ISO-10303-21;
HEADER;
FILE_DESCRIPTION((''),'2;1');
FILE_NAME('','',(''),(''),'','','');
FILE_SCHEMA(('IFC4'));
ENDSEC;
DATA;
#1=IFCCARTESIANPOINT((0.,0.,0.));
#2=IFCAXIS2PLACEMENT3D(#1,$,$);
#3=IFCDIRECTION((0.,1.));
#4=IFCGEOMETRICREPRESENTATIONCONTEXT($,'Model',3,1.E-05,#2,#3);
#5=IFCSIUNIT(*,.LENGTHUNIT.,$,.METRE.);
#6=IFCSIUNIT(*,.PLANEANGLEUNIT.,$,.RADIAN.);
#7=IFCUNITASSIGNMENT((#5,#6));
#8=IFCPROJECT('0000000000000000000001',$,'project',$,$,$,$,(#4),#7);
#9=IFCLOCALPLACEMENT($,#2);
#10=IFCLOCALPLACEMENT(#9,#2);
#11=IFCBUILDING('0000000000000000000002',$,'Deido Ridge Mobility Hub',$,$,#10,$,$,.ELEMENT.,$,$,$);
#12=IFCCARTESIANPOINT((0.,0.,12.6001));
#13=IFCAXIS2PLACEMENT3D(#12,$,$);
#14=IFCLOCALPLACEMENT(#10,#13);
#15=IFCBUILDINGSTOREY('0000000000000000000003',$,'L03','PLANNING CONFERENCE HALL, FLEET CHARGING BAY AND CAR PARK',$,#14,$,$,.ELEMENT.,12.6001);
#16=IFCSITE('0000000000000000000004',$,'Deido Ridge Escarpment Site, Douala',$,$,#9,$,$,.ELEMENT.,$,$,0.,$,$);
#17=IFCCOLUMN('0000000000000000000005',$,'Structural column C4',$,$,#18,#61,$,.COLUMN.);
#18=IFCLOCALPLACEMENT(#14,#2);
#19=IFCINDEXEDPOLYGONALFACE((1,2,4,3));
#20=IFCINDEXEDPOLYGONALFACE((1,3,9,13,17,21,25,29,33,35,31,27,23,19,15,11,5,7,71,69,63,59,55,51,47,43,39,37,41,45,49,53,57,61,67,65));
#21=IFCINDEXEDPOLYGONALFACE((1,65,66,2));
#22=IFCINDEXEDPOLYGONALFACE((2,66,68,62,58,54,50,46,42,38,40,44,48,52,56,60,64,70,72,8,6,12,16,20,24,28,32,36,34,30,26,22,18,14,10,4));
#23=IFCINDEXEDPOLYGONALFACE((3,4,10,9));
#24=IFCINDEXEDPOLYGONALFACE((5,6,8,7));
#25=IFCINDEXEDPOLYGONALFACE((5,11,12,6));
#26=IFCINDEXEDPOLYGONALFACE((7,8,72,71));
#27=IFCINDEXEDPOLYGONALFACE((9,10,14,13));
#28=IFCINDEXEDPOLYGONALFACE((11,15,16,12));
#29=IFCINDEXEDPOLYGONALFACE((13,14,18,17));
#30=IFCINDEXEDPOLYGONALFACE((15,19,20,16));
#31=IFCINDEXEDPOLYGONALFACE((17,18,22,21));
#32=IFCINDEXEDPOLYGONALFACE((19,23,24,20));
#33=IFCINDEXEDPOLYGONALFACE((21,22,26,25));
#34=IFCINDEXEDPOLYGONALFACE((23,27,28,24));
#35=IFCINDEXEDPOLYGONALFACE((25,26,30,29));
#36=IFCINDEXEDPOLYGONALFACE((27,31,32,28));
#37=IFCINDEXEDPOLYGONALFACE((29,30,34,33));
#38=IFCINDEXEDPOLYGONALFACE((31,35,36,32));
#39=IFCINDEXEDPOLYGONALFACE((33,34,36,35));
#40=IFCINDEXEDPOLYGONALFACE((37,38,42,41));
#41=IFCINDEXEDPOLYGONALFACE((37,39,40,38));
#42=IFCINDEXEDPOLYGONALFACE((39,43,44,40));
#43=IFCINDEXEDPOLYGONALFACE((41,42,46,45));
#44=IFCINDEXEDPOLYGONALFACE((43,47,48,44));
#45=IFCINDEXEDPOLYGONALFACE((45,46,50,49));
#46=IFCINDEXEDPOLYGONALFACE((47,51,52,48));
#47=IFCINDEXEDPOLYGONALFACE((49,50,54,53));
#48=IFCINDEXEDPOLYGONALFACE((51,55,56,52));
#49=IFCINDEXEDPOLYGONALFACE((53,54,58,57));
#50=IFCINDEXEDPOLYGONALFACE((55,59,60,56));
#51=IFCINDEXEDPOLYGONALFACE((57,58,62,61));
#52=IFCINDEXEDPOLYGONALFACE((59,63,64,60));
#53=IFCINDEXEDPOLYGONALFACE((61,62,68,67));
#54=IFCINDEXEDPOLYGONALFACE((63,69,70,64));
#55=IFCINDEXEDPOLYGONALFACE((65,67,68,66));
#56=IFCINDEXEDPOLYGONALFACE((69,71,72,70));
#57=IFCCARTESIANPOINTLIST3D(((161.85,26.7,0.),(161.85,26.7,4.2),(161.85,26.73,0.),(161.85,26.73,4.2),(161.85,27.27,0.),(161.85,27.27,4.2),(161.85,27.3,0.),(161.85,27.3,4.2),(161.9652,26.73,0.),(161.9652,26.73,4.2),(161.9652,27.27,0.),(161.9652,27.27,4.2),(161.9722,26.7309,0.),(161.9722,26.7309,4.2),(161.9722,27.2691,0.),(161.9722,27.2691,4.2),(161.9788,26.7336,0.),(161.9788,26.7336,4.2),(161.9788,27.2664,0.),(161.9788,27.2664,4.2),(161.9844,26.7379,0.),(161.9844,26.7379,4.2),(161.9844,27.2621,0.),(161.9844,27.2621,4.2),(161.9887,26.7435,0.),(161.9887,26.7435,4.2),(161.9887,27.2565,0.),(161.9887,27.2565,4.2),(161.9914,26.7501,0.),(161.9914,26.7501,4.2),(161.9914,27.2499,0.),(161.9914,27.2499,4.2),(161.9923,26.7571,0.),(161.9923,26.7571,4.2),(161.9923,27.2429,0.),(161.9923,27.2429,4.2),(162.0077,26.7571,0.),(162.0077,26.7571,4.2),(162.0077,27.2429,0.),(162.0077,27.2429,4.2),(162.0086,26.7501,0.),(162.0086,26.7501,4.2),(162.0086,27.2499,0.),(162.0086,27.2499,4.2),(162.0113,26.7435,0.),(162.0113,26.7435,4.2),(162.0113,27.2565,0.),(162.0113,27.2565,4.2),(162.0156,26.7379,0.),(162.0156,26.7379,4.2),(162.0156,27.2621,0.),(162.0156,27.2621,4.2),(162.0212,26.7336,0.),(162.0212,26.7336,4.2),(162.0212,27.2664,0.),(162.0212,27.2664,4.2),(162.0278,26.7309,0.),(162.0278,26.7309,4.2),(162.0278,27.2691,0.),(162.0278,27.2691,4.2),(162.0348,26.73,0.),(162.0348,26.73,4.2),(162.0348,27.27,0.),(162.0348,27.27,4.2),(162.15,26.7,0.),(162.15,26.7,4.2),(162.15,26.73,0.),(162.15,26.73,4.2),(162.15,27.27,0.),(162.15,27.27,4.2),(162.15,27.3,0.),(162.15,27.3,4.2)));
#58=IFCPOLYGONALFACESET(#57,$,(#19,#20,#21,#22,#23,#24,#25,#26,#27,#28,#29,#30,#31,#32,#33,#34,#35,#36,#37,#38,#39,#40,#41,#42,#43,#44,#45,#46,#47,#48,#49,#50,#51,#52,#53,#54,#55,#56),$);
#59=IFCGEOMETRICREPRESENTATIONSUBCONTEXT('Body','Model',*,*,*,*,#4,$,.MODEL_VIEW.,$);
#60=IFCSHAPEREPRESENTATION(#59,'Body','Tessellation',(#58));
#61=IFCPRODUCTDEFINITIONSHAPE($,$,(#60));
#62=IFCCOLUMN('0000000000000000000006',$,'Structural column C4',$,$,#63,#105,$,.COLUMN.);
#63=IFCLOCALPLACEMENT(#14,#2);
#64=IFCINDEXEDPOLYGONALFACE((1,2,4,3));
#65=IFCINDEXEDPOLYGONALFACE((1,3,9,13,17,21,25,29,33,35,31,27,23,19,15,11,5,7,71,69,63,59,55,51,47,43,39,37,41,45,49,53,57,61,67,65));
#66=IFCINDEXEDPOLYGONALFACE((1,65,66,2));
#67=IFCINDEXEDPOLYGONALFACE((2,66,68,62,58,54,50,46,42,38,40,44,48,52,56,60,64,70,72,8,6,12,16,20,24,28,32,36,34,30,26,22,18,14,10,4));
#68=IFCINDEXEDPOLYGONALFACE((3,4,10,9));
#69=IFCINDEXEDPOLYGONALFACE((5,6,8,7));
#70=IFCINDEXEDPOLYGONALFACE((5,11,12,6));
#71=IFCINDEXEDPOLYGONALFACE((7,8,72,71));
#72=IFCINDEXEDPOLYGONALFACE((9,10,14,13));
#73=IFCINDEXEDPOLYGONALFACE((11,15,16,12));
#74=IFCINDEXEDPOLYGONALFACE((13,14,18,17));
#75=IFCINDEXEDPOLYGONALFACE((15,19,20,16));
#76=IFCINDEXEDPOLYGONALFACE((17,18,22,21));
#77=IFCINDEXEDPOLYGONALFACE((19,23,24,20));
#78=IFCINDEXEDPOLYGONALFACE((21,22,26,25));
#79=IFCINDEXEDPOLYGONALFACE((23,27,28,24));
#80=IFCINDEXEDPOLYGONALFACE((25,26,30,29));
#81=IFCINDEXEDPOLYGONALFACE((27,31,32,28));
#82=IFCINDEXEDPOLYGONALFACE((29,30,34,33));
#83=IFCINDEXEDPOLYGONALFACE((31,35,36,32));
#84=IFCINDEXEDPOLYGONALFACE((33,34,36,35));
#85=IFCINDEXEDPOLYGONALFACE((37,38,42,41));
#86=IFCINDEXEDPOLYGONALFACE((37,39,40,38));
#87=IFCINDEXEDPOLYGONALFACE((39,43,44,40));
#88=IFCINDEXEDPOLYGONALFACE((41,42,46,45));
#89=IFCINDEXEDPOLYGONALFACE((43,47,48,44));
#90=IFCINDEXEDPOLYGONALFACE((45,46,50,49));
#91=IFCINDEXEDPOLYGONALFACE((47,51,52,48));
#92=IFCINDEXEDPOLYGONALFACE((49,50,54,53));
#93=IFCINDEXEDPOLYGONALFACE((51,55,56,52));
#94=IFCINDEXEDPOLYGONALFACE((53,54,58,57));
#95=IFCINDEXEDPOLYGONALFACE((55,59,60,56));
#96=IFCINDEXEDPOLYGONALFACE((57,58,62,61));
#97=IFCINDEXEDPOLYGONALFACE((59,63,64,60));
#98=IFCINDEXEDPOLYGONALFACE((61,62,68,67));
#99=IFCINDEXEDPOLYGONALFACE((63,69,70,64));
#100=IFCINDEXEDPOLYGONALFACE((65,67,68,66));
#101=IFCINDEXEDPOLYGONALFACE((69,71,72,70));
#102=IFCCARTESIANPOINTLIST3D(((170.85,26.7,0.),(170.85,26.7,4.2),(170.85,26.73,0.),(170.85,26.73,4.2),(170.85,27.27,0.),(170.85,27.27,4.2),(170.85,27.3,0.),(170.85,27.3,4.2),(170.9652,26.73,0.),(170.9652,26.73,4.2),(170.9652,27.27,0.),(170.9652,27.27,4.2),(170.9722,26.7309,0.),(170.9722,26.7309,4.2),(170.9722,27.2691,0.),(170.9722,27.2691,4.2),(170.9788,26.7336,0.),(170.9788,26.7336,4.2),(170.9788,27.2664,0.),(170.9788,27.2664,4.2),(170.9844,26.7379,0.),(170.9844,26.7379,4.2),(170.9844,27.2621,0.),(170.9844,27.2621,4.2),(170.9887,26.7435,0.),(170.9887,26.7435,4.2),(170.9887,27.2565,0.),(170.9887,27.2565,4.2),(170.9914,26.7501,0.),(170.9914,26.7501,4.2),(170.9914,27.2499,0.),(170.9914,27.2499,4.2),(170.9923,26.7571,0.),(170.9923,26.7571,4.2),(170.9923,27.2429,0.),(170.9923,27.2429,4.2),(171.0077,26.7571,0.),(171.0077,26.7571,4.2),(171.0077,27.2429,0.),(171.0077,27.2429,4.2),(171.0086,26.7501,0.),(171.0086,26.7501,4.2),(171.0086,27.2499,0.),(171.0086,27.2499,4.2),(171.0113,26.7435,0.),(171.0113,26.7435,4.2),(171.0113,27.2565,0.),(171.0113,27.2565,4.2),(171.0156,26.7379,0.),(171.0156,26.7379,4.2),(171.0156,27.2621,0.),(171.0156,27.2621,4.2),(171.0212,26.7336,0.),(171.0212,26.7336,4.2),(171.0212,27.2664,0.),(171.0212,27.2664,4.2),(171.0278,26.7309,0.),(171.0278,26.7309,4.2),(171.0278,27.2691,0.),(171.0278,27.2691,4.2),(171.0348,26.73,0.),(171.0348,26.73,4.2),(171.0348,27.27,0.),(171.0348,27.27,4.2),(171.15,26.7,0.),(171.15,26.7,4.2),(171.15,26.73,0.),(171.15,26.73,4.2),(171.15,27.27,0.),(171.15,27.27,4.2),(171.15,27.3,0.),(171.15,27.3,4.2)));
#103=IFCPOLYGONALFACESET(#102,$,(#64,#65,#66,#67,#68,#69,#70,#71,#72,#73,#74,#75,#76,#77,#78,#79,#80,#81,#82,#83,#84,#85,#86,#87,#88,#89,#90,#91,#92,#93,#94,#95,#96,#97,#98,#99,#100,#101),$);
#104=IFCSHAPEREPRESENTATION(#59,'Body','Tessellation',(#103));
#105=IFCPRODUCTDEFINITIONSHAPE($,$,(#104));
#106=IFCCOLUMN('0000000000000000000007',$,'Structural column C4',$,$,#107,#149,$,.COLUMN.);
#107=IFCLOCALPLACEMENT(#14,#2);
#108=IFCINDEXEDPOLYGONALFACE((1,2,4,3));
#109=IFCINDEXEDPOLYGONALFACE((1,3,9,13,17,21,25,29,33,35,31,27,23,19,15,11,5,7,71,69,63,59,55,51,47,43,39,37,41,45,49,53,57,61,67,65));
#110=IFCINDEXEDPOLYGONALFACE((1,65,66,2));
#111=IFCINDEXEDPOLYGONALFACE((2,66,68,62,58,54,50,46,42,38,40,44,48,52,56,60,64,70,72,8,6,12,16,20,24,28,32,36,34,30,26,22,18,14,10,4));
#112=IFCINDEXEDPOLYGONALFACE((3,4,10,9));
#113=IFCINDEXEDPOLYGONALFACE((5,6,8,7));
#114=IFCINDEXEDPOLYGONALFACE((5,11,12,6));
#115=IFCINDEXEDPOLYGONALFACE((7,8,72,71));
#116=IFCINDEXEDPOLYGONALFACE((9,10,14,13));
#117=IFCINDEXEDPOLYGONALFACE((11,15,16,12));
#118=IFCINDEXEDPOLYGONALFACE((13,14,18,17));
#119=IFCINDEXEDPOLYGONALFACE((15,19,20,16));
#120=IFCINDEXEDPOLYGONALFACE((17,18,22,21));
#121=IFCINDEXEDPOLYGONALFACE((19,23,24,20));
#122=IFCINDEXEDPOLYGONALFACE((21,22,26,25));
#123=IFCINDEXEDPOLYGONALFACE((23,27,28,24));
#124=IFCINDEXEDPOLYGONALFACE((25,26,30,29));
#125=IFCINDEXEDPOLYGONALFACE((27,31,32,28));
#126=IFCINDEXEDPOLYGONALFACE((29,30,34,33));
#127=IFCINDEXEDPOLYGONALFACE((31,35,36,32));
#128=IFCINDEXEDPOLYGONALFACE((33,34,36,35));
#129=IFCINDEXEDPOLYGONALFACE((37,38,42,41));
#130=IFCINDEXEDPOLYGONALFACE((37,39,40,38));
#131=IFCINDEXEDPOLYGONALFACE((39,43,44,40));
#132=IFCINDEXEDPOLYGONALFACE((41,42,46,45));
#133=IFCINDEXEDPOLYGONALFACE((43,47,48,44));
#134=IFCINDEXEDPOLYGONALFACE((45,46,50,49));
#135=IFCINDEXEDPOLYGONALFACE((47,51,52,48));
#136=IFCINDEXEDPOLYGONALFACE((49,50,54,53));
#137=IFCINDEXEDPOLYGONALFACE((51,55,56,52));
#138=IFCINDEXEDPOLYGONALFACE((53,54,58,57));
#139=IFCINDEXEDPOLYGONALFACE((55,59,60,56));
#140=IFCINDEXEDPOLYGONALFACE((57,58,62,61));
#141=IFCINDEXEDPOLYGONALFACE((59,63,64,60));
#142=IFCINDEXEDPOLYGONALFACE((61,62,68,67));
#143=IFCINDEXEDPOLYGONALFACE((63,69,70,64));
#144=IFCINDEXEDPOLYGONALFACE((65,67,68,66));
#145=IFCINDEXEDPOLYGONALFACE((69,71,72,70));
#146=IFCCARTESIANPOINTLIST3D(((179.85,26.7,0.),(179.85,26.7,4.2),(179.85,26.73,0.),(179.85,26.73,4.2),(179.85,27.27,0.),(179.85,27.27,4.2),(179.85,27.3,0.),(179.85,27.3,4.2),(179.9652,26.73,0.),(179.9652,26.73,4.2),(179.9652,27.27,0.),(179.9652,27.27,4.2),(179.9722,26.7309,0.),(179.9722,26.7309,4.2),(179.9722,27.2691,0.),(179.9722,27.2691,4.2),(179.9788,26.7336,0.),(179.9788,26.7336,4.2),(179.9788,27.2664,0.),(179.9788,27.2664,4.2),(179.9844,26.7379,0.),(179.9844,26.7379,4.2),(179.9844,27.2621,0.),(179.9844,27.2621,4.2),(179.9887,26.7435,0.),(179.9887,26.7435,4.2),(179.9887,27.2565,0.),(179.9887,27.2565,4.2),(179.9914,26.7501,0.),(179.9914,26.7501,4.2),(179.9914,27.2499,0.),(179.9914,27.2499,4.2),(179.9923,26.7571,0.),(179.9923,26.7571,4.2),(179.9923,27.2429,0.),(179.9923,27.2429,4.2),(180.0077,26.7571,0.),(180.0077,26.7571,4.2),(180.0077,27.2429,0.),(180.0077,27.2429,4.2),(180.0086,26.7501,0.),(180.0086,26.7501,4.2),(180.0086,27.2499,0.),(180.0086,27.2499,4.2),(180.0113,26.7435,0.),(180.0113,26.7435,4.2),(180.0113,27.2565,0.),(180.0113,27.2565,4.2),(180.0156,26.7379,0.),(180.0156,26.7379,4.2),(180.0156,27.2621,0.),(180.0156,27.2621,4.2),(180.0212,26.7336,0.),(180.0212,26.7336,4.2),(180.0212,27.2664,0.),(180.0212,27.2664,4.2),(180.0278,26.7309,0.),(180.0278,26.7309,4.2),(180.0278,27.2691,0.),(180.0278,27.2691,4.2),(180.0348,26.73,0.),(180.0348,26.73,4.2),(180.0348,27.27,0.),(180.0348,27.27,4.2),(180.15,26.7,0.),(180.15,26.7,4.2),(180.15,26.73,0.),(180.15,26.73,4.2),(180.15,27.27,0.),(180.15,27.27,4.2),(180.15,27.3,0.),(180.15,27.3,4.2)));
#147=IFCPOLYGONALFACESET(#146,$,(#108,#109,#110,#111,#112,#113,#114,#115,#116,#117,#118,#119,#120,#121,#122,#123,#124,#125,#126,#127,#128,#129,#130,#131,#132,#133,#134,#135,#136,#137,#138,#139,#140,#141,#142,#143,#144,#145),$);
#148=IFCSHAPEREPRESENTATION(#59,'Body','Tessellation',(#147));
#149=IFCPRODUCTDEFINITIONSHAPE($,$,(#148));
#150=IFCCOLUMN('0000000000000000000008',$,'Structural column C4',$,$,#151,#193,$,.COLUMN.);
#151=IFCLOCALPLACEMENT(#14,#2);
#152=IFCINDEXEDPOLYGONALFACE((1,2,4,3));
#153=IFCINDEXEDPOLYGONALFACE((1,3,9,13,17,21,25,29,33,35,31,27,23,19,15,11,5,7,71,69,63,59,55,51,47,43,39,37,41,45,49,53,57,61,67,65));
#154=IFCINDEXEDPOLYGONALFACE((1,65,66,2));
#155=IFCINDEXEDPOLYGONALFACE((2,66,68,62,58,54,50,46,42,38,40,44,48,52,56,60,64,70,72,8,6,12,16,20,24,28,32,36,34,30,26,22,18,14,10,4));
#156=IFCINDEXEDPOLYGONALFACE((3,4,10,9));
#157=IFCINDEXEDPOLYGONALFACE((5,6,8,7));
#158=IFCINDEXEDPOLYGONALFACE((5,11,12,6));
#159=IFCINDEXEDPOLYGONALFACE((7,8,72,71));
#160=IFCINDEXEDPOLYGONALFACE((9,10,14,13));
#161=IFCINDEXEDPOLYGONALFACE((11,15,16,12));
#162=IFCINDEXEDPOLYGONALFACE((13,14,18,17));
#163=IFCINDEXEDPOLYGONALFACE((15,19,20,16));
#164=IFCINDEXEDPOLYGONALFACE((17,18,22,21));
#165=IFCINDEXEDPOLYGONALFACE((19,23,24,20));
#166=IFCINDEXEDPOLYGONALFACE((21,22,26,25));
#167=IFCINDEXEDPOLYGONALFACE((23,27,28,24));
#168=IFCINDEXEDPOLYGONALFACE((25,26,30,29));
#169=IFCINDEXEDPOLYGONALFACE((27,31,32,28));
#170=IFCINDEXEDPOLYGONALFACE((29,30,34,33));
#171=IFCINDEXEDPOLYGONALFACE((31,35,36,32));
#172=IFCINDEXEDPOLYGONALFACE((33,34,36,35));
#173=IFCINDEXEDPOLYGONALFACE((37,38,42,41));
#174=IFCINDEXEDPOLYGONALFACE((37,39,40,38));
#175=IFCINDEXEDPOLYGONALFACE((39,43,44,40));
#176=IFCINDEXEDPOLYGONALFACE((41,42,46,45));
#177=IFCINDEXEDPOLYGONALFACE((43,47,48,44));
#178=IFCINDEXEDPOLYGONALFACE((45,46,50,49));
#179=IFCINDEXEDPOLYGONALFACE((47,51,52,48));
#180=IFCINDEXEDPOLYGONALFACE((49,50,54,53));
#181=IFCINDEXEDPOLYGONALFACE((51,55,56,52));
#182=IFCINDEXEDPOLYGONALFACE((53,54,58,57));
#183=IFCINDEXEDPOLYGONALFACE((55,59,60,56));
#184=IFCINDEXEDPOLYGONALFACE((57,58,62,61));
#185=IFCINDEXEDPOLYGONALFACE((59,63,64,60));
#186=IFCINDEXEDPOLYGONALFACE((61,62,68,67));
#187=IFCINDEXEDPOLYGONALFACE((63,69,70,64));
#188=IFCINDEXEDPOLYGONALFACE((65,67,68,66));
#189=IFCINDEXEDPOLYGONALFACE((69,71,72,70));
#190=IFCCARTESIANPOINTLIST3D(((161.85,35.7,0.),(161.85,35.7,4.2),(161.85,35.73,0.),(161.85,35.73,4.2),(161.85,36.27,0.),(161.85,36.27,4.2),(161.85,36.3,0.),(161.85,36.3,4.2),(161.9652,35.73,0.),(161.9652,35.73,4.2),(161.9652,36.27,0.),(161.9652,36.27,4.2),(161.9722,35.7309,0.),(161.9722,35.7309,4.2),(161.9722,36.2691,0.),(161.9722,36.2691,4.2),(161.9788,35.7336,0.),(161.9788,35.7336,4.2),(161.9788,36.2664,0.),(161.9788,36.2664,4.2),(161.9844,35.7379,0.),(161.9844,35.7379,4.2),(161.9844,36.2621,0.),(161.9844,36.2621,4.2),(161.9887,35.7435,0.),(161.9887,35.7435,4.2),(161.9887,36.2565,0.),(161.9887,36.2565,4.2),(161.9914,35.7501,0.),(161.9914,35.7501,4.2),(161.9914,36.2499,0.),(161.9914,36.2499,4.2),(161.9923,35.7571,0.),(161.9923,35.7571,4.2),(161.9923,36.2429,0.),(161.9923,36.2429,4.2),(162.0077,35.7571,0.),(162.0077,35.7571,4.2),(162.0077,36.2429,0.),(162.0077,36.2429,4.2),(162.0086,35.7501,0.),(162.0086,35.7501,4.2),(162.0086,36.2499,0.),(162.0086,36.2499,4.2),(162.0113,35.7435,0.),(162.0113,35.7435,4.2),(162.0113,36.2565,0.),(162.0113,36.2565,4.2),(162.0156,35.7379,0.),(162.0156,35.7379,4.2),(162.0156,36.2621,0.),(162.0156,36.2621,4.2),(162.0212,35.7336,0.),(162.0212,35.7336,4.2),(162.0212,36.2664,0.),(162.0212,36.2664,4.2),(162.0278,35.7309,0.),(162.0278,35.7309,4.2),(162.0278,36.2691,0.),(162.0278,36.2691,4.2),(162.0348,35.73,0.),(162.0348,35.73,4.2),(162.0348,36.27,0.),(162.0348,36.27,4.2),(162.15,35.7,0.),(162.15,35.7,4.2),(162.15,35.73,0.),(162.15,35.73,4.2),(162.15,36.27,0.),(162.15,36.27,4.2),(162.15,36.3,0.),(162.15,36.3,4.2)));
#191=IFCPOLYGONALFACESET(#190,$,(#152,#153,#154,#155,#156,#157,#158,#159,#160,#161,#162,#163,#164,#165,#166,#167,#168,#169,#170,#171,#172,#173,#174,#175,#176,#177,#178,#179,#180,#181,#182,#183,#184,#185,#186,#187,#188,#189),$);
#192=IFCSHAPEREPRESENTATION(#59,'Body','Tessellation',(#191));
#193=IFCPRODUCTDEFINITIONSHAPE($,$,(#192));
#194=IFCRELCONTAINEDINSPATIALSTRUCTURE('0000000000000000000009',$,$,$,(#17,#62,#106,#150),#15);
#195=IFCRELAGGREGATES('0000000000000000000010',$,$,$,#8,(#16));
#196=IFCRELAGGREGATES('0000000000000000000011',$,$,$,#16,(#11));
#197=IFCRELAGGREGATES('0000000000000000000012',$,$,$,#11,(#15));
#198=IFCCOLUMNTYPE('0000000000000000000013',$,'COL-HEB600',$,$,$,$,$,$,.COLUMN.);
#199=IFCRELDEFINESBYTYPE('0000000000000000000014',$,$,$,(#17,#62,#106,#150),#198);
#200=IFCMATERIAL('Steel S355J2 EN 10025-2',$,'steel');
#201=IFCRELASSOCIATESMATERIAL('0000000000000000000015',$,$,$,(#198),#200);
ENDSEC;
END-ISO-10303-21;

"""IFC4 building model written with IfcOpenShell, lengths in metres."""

from ifc_helpers import new_model, si_unit, direction, frame, origin, origin_2d, place, context, subcontext, project, spatial, i_section, extrude, material, material_profile, profile_set, type_object, element, save


model = new_model("IFC4")

# Units and contexts
model_context = context("Model", 3, precision=1e-05, world=origin(), true_north=direction((0.0, 1.0)))
body_context = subcontext(model_context, "Body", "Model", "MODEL_VIEW")
ifc_project = project(units=[si_unit("LENGTHUNIT", "METRE"), si_unit("PLANEANGLEUNIT", "RADIAN")], contexts=[model_context])

# Site, building, storey
site_placement = place(None, origin())
site = spatial("IfcSite", under=ifc_project, at=site_placement, Name="Deido Ridge Escarpment Site, Douala", CompositionType="ELEMENT", RefElevation=0.0)
building_placement = place(site_placement, origin())
building = spatial("IfcBuilding", under=site, at=building_placement, Name="Deido Ridge Mobility Hub", CompositionType="ELEMENT")
storey_placement = place(building_placement, frame((0.0, 0.0, 12.6001)))
storey = spatial("IfcBuildingStorey", under=building, at=storey_placement, Name="L03", Description="PLANNING CONFERENCE HALL, FLEET CHARGING BAY AND CAR PARK", CompositionType="ELEMENT", Elevation=12.6001)

# Columns
ifc_material_1 = material(Name="Steel S355J2 EN 10025-2", Category="steel")
ifc_material_profile_1 = material_profile(ifc_material_1, i_section(OverallWidth=0.3, OverallDepth=0.6001, WebThickness=0.0154, FlangeThickness=0.03, FilletRadius=0.0271, at=origin_2d()), Name="HEB 600")
ifc_profile_set_1 = profile_set([ifc_material_profile_1], Name="Steel S355J2 EN 10025-2")
column_type = type_object("IfcColumnType", Name="COL-HEB600", PredefinedType="COLUMN", material=ifc_profile_set_1)
for number, where, z_axis, x_axis, name in (
    (1, (162.0, 27.0, 0.0), (0.0, 0.0, 1.0), (1.0, 0.0, 0.0), "Structural column C4"),
    (2, (171.0, 27.0, 0.0), (0.0, 0.0, 1.0), (1.0, 0.0, 0.0), "Structural column C4"),
    (3, (180.0, 27.0, 0.0), (0.0, 0.0, 1.0), (1.0, 0.0, 0.0), "Structural column C4"),
    (4, (162.0, 36.0, 0.0), (0.0, 0.0, 1.0), (1.0, 0.0, 0.0), "Structural column C4"),
):
    element("IfcColumn", number, at=place(storey_placement, frame(where, z_axis=z_axis, x_axis=x_axis)), inside=storey, type_object=column_type, Name=name, PredefinedType="COLUMN", context=body_context, shape_type="SweptSolid", body=[
        extrude(i_section(OverallWidth=0.3, OverallDepth=0.6001, WebThickness=0.0154, FlangeThickness=0.03, FilletRadius=0.0271, at=origin_2d()), origin(), (0.0, 0.0, 1.0), 4.2),
    ])

save(model, "model.ifc")
